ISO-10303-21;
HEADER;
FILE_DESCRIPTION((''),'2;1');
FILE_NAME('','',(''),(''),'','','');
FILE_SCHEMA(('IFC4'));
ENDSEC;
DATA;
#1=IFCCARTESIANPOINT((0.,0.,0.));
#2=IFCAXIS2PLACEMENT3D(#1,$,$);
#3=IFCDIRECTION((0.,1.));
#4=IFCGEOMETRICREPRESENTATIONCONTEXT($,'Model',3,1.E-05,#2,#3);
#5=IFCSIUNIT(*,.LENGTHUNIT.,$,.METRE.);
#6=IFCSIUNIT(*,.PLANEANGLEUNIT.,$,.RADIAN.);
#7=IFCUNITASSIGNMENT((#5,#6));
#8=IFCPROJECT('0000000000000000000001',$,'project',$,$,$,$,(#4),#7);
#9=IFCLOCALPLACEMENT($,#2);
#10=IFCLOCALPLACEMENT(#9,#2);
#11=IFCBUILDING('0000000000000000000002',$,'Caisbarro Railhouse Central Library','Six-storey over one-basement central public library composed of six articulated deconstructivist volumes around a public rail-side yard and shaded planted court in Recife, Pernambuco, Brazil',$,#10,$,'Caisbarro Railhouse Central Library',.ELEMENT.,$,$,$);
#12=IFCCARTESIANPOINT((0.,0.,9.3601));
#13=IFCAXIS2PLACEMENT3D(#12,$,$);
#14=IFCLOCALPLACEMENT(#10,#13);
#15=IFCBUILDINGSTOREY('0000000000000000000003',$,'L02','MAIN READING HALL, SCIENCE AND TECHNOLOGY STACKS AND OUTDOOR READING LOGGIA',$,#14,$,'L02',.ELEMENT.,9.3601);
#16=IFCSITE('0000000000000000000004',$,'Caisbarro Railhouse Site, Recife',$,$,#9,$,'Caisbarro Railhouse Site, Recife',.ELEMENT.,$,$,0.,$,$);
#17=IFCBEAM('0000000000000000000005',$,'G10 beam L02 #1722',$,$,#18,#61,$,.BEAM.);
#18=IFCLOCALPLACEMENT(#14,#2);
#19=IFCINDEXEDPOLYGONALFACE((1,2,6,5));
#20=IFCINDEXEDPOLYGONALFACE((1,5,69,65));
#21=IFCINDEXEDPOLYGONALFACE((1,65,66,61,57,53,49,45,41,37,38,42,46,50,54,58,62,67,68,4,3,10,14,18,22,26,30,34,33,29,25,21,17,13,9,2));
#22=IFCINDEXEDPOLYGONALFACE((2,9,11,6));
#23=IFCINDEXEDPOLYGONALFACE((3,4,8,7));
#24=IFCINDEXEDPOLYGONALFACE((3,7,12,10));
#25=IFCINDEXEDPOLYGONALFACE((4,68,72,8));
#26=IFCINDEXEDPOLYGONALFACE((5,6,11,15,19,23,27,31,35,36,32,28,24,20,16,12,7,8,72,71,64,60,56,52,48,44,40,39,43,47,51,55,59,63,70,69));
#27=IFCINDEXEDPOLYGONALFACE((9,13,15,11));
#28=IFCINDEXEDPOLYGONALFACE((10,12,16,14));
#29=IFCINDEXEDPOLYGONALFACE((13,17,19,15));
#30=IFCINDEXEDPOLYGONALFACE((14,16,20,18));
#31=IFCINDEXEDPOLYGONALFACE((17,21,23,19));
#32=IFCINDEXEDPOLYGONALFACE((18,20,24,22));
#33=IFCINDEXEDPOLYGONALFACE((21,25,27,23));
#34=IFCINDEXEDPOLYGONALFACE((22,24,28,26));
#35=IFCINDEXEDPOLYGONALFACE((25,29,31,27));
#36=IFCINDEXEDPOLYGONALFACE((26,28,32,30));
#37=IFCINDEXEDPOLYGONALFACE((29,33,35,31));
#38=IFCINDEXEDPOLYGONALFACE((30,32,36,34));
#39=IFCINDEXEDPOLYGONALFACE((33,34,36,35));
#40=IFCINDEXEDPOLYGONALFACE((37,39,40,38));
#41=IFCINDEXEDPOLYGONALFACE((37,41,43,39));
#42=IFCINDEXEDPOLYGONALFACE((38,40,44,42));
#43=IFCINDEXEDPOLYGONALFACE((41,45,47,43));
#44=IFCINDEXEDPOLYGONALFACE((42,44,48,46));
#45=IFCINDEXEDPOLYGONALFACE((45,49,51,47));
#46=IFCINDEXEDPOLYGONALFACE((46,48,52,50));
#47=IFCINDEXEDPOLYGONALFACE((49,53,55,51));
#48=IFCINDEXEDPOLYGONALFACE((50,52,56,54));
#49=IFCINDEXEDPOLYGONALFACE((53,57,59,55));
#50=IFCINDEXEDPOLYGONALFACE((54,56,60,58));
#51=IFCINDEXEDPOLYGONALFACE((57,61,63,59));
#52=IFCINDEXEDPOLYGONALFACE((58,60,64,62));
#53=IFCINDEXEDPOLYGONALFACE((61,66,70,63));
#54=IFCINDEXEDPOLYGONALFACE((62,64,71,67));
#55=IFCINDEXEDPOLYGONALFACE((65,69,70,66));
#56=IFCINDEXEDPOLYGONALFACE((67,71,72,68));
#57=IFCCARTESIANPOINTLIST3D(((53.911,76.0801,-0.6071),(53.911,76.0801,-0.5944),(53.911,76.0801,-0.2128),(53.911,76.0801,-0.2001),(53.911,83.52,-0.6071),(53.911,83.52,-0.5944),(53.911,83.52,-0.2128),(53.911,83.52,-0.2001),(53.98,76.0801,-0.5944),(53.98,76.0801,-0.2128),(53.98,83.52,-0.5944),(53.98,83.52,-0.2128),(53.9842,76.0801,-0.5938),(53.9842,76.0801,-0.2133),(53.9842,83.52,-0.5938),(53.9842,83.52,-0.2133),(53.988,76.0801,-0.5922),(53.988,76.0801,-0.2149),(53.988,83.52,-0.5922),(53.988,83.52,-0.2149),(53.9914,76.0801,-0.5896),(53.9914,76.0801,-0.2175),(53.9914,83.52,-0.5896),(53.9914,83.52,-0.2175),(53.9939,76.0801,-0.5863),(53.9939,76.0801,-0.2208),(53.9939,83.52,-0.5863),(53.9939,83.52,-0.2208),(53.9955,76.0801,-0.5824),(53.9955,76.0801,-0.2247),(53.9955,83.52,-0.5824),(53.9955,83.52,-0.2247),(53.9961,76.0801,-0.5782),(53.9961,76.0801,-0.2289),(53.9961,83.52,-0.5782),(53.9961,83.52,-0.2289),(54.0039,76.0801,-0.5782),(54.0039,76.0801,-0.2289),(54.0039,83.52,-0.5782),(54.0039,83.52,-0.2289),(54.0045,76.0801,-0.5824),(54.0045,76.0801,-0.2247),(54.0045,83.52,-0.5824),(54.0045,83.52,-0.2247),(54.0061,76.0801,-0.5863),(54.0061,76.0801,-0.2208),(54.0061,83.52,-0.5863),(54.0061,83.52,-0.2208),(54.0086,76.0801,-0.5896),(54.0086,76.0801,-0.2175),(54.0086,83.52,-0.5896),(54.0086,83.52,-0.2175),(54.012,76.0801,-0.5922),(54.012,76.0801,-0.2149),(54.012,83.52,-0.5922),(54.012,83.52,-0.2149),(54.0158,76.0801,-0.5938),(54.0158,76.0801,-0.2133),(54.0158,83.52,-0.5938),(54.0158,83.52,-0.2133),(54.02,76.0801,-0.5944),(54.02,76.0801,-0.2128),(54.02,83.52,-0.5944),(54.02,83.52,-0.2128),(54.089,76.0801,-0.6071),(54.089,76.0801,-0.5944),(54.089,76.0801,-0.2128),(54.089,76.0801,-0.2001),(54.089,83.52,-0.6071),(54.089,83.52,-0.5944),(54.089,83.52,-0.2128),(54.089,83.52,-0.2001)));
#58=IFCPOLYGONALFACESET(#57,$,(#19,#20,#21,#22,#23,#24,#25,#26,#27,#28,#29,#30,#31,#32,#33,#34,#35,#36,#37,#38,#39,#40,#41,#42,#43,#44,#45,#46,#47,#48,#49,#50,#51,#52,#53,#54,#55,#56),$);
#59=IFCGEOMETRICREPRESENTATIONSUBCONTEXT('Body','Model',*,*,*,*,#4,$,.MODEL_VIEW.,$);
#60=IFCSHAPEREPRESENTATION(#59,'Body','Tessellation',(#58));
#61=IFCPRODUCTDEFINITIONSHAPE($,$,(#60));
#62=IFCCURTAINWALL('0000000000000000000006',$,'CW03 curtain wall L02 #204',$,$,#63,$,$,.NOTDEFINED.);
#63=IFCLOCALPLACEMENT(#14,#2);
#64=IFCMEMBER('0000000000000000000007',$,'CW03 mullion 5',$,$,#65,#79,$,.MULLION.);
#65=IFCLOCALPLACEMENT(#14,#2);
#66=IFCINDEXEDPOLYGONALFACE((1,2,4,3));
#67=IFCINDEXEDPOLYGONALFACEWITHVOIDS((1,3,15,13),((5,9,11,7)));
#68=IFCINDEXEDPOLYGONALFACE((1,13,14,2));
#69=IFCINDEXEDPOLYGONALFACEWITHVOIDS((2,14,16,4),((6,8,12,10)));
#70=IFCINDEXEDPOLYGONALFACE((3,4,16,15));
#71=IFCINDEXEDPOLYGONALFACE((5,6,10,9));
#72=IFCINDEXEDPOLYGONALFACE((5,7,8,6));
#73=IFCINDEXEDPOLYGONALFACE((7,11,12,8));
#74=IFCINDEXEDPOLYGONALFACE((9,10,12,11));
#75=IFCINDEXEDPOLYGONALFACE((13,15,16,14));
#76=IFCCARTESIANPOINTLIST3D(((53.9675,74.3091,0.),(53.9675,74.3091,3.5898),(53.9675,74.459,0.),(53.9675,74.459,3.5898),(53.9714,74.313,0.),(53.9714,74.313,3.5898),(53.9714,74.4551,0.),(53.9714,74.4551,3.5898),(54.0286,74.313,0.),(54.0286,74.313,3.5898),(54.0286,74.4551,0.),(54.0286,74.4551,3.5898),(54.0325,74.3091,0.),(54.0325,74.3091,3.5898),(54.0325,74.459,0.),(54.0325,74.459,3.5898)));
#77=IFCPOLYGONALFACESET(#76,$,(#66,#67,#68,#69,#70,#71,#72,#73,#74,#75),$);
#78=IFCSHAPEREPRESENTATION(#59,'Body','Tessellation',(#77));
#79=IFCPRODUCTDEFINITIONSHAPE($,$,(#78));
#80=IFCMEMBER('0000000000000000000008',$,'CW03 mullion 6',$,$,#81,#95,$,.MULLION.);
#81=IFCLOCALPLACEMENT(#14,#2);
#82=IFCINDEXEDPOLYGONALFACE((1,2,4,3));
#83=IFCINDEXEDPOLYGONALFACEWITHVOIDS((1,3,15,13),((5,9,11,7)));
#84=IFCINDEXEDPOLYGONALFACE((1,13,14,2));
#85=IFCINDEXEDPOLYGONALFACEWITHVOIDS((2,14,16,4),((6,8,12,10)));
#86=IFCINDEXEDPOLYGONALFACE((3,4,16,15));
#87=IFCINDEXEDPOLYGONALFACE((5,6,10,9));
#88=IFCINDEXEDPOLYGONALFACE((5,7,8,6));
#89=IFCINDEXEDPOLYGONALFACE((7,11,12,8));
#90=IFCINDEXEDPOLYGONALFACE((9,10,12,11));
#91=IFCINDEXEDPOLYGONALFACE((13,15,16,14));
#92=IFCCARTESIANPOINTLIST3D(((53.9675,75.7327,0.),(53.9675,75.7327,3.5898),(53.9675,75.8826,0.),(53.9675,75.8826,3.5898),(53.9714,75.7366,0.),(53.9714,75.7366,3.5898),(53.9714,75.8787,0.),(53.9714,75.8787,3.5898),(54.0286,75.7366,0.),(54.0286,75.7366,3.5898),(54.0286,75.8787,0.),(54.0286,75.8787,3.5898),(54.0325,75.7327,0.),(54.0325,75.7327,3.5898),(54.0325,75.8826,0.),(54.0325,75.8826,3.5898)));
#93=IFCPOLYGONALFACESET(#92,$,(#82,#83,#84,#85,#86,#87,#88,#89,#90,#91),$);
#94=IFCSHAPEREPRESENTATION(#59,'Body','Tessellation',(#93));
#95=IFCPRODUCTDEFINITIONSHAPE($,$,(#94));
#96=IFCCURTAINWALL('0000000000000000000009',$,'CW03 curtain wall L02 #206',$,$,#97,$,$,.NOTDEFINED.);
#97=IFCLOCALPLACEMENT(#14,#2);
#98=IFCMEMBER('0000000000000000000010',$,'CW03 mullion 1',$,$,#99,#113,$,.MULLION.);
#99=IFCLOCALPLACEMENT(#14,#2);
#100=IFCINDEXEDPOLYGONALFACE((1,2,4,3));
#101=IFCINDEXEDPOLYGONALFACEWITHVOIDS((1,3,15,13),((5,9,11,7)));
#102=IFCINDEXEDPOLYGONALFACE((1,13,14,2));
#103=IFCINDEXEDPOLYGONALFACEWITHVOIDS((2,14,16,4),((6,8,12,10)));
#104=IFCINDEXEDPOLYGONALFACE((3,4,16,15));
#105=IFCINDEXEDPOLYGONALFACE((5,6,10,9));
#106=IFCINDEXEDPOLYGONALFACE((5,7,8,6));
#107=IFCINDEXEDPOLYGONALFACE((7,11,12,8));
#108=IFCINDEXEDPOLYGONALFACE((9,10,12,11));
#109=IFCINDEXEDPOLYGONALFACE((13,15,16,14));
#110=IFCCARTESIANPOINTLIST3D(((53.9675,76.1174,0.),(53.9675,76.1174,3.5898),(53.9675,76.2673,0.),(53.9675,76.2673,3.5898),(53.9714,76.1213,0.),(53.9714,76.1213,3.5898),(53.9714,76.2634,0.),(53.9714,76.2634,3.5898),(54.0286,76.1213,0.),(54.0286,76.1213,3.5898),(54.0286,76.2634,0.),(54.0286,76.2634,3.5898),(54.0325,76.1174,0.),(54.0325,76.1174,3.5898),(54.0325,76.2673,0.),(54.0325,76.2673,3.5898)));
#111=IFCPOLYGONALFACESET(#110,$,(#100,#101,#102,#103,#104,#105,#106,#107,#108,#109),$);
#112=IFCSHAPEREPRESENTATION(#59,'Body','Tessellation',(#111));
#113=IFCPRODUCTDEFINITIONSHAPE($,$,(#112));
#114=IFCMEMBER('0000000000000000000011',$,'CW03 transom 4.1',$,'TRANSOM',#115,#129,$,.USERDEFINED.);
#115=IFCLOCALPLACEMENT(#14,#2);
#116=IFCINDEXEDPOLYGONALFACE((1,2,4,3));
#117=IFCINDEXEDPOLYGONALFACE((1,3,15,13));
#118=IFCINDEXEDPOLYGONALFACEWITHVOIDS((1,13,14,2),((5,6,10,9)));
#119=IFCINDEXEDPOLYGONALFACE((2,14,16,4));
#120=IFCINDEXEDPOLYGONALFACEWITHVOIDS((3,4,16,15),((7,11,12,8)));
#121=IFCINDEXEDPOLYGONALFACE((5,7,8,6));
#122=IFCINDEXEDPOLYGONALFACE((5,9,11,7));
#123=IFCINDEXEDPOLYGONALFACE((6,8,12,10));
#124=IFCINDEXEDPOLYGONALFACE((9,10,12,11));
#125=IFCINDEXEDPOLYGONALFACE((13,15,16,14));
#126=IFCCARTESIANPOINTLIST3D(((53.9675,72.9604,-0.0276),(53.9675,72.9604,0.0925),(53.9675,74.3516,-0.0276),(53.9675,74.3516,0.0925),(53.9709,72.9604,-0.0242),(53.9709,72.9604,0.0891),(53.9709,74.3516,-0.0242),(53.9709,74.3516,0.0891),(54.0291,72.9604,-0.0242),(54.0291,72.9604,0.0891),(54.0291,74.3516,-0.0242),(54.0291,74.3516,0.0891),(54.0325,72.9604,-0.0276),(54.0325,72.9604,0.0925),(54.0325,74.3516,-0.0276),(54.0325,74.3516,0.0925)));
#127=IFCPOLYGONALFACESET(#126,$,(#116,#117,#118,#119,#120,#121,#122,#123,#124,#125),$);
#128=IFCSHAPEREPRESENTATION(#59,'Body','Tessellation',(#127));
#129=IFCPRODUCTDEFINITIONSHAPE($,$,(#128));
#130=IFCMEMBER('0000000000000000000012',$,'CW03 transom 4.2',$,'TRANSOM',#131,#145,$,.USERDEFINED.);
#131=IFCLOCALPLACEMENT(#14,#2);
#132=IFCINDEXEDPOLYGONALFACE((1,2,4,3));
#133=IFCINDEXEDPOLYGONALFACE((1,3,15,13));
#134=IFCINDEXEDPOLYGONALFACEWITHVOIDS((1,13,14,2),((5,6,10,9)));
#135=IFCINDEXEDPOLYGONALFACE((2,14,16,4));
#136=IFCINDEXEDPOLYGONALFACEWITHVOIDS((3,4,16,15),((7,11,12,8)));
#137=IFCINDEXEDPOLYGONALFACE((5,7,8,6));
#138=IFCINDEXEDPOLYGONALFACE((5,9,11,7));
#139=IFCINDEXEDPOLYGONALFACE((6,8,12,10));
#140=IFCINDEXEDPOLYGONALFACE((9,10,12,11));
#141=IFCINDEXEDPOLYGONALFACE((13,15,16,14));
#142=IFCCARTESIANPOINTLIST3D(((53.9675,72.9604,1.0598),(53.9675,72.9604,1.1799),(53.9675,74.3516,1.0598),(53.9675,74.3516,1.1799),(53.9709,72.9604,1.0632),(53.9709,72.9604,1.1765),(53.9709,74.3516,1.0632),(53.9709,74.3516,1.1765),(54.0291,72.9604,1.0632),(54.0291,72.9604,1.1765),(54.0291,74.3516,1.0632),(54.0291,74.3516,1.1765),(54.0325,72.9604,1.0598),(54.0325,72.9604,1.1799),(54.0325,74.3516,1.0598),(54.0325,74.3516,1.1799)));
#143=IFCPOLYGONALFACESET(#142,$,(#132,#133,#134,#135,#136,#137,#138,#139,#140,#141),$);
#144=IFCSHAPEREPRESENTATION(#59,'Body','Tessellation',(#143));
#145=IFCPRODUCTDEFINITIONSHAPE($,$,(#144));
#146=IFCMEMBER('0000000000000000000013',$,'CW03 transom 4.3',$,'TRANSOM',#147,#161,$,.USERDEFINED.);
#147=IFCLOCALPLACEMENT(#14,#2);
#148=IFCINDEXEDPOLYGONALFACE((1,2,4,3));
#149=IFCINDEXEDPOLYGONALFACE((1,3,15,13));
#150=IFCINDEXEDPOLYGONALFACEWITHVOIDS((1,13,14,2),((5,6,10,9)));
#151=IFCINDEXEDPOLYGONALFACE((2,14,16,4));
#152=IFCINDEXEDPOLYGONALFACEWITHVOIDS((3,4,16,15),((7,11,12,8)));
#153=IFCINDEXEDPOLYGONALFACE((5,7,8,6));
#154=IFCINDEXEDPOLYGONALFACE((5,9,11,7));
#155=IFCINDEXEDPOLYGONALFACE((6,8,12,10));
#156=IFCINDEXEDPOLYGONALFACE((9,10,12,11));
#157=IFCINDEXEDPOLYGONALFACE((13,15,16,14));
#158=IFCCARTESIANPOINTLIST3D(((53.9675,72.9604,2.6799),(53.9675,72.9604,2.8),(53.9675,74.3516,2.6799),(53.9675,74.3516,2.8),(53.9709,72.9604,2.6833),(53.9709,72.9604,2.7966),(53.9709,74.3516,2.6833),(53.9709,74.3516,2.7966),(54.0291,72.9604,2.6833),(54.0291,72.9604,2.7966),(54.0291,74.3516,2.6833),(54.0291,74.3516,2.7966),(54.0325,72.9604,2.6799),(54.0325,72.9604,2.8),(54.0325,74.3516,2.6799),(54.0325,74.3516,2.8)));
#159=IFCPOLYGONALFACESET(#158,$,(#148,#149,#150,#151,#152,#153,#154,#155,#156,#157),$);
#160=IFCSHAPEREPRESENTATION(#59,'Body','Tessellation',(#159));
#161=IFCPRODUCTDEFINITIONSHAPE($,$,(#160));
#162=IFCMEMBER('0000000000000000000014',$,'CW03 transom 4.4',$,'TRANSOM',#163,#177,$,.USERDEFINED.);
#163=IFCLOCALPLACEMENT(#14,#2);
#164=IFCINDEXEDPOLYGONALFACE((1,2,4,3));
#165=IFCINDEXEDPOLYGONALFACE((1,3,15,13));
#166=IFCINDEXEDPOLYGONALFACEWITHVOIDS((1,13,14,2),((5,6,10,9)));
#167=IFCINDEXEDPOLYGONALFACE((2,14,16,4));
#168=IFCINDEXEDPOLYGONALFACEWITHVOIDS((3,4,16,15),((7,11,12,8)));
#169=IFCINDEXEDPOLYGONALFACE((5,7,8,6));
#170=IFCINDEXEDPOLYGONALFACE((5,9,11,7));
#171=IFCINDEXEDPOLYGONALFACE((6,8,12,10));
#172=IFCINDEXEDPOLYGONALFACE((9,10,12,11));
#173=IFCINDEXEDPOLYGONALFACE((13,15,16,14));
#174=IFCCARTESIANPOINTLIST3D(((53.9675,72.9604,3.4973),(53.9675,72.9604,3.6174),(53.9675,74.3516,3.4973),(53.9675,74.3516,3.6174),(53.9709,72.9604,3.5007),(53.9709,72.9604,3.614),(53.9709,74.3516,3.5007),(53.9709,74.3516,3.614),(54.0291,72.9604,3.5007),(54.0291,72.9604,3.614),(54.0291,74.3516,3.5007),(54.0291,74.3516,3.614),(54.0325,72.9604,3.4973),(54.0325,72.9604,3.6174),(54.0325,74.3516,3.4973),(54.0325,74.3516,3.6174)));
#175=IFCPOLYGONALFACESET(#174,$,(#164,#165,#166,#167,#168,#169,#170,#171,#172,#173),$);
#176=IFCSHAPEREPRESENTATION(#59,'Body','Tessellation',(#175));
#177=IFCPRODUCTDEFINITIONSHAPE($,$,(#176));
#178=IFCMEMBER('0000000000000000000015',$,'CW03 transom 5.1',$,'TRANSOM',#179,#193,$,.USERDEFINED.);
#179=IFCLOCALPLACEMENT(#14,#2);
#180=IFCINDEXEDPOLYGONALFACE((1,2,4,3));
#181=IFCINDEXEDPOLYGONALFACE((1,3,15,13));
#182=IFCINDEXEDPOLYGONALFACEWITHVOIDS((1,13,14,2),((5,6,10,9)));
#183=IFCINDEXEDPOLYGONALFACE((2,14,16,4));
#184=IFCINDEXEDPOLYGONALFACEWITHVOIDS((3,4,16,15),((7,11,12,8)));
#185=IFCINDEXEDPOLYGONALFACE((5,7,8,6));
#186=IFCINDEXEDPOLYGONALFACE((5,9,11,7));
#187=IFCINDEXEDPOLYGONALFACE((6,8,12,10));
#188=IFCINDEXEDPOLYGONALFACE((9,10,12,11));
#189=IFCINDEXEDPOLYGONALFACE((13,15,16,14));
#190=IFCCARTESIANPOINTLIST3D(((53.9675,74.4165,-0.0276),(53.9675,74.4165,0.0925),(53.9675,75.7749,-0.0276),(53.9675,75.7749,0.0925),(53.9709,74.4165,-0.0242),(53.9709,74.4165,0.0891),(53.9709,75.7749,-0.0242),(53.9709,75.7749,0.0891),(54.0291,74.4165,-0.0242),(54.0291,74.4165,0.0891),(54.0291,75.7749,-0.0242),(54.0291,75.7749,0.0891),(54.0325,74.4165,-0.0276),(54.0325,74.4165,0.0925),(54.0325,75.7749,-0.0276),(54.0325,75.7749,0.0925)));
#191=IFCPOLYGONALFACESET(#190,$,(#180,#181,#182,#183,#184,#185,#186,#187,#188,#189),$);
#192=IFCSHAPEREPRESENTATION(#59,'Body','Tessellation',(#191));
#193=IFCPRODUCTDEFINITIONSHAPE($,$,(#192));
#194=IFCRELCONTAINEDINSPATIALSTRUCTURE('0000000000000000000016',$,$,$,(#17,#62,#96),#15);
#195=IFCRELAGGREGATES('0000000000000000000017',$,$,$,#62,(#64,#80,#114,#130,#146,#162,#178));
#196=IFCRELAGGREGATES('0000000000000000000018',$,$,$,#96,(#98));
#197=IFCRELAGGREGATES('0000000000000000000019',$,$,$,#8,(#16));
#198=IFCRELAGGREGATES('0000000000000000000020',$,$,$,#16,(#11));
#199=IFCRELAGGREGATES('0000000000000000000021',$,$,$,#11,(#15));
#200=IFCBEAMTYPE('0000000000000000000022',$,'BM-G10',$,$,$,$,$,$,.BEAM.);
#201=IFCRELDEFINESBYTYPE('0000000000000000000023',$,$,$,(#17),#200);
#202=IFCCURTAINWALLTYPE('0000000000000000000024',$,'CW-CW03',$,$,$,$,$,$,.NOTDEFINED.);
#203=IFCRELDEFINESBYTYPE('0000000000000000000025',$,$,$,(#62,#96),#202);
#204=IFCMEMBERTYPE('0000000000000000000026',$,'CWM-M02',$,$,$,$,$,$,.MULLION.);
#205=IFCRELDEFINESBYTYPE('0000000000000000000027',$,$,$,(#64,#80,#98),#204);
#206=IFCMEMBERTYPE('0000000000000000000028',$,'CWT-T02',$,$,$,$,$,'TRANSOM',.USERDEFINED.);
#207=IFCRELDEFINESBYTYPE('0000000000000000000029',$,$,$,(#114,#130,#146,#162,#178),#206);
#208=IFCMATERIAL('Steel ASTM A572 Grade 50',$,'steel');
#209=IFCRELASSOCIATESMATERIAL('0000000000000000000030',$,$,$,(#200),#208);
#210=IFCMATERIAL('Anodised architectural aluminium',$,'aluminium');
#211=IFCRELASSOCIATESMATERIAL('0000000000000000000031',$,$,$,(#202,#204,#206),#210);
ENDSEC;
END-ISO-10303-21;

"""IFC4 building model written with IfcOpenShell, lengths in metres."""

from ifc_helpers import new_model, si_unit, direction, frame, origin, origin_2d, place, context, subcontext, project, spatial, hollow_rectangle, i_section, extrude, material, material_profile, profile_set, type_object, element, aggregate, save


model = new_model("IFC4")

# Units and contexts
model_context = context("Model", 3, precision=1e-05, world=origin(), true_north=direction((0.0, 1.0)))
body_context = subcontext(model_context, "Body", "Model", "MODEL_VIEW")
ifc_project = project(units=[si_unit("LENGTHUNIT", "METRE"), si_unit("PLANEANGLEUNIT", "RADIAN")], contexts=[model_context])

# Site, building, storey
site_placement = place(None, origin())
site = spatial("IfcSite", under=ifc_project, at=site_placement, Name="Caisbarro Railhouse Site, Recife", LongName="Caisbarro Railhouse Site, Recife", CompositionType="ELEMENT", RefElevation=0.0)
building_placement = place(site_placement, origin())
building = spatial("IfcBuilding", under=site, at=building_placement, Name="Caisbarro Railhouse Central Library", Description="Six-storey over one-basement central public library composed of six articulated deconstructivist volumes around a public rail-side yard and shaded planted court in Recife, Pernambuco, Brazil", LongName="Caisbarro Railhouse Central Library", CompositionType="ELEMENT")
storey_placement = place(building_placement, frame((0.0, 0.0, 9.3601)))
storey = spatial("IfcBuildingStorey", under=building, at=storey_placement, Name="L02", Description="MAIN READING HALL, SCIENCE AND TECHNOLOGY STACKS AND OUTDOOR READING LOGGIA", LongName="L02", CompositionType="ELEMENT", Elevation=9.3601)

# Shared definitions
ifc_material_1 = material(Name="Steel ASTM A572 Grade 50", Category="steel")

# Beam
ifc_material_profile_1 = material_profile(ifc_material_1, i_section(OverallWidth=0.178, OverallDepth=0.407, WebThickness=0.0078, FlangeThickness=0.0127, FilletRadius=0.0161, at=origin_2d()), Name="W410X60.0")
ifc_profile_set_1 = profile_set([ifc_material_profile_1], Name="Steel ASTM A572 Grade 50")
beam_type_1 = type_object("IfcBeamType", Name="BM-G10", PredefinedType="BEAM", material=ifc_profile_set_1)
beam_1_placement = place(storey_placement, frame((54.0, 76.0801, -0.4036), z_axis=(0.0, 1.0, 0.0), x_axis=(-1.0, 0.0, 0.0)))
element("IfcBeam", 1, at=beam_1_placement, inside=storey, type_object=beam_type_1, Name="G10 beam L02 #1722", PredefinedType="BEAM", context=body_context, shape_type="SweptSolid", body=[
    extrude(i_section(OverallWidth=0.178, OverallDepth=0.407, WebThickness=0.0078, FlangeThickness=0.0127, FilletRadius=0.0161, at=origin_2d()), origin(), (0.0, 0.0, 1.0), 7.4399),
])

# Curtain wall, members
ifc_material_2 = material(Name="Anodised architectural aluminium", Category="aluminium")
curtain_wall_type = type_object("IfcCurtainWallType", Name="CW-CW03", PredefinedType="NOTDEFINED", material=ifc_material_2)
curtain_wall_1_placement = place(storey_placement, origin())
curtain_wall_1 = element("IfcCurtainWall", 2, at=curtain_wall_1_placement, inside=storey, type_object=curtain_wall_type, Name="CW03 curtain wall L02 #204", PredefinedType="NOTDEFINED")
ifc_material_profile_2 = material_profile(ifc_material_2, hollow_rectangle(XDim=0.0649, YDim=0.1499, WallThickness=0.0039, at=origin_2d()), Name="ALU-MUL-65X150")
ifc_profile_set_2 = profile_set([ifc_material_profile_2], Name="Anodised architectural aluminium")
member_type_1 = type_object("IfcMemberType", Name="CWM-M02", PredefinedType="MULLION", material=ifc_profile_set_2)
member_1_placement = place(storey_placement, frame((54.0, 74.384, 0.0), z_axis=(0.0, 0.0, 1.0), x_axis=(-1.0, 0.0, 0.0)))
member_1 = element("IfcMember", 3, at=member_1_placement, type_object=member_type_1, Name="CW03 mullion 5", PredefinedType="MULLION", context=body_context, shape_type="SweptSolid", body=[
    extrude(hollow_rectangle(XDim=0.0649, YDim=0.1499, WallThickness=0.0039, at=origin_2d()), origin(), (0.0, 0.0, 1.0), 3.5898),
])
member_2_placement = place(storey_placement, frame((54.0, 75.8076, 0.0), z_axis=(0.0, 0.0, 1.0), x_axis=(-1.0, 0.0, 0.0)))
member_2 = element("IfcMember", 4, at=member_2_placement, type_object=member_type_1, Name="CW03 mullion 6", PredefinedType="MULLION", context=body_context, shape_type="SweptSolid", body=[
    extrude(hollow_rectangle(XDim=0.0649, YDim=0.1499, WallThickness=0.0039, at=origin_2d()), origin(), (0.0, 0.0, 1.0), 3.5898),
])

# Curtain wall, member
curtain_wall_2_placement = place(storey_placement, origin())
curtain_wall_2 = element("IfcCurtainWall", 5, at=curtain_wall_2_placement, inside=storey, type_object=curtain_wall_type, Name="CW03 curtain wall L02 #206", PredefinedType="NOTDEFINED")
member_3_placement = place(storey_placement, frame((54.0, 76.1924, 0.0), z_axis=(0.0, 0.0, 1.0), x_axis=(-1.0, 0.0, 0.0)))
member_3 = element("IfcMember", 6, at=member_3_placement, type_object=member_type_1, Name="CW03 mullion 1", PredefinedType="MULLION", context=body_context, shape_type="SweptSolid", body=[
    extrude(hollow_rectangle(XDim=0.0649, YDim=0.1499, WallThickness=0.0039, at=origin_2d()), origin(), (0.0, 0.0, 1.0), 3.5898),
])

# Members
ifc_material_profile_3 = material_profile(ifc_material_2, hollow_rectangle(XDim=0.0649, YDim=0.1201, WallThickness=0.0034, at=origin_2d()), Name="ALU-TRN-65X120")
ifc_profile_set_3 = profile_set([ifc_material_profile_3], Name="Anodised architectural aluminium")
member_type_2 = type_object("IfcMemberType", Name="CWT-T02", ElementType="TRANSOM", PredefinedType="USERDEFINED", material=ifc_profile_set_3)
member_4_placement = place(storey_placement, frame((54.0, 72.9604, 0.0325), z_axis=(0.0, 1.0, 0.0), x_axis=(-1.0, 0.0, 0.0)))
member_4 = element("IfcMember", 7, at=member_4_placement, type_object=member_type_2, Name="CW03 transom 4.1", ObjectType="TRANSOM", PredefinedType="USERDEFINED", context=body_context, shape_type="SweptSolid", body=[
    extrude(hollow_rectangle(XDim=0.0649, YDim=0.1201, WallThickness=0.0034, at=origin_2d()), origin(), (0.0, 0.0, 1.0), 1.3911),
])
member_5_placement = place(storey_placement, frame((54.0, 72.9604, 1.1199), z_axis=(0.0, 1.0, 0.0), x_axis=(-1.0, 0.0, 0.0)))
member_5 = element("IfcMember", 8, at=member_5_placement, type_object=member_type_2, Name="CW03 transom 4.2", ObjectType="TRANSOM", PredefinedType="USERDEFINED", context=body_context, shape_type="SweptSolid", body=[
    extrude(hollow_rectangle(XDim=0.0649, YDim=0.1201, WallThickness=0.0034, at=origin_2d()), origin(), (0.0, 0.0, 1.0), 1.3911),
])
member_6_placement = place(storey_placement, frame((54.0, 72.9604, 2.74), z_axis=(0.0, 1.0, 0.0), x_axis=(-1.0, 0.0, 0.0)))
member_6 = element("IfcMember", 9, at=member_6_placement, type_object=member_type_2, Name="CW03 transom 4.3", ObjectType="TRANSOM", PredefinedType="USERDEFINED", context=body_context, shape_type="SweptSolid", body=[
    extrude(hollow_rectangle(XDim=0.0649, YDim=0.1201, WallThickness=0.0034, at=origin_2d()), origin(), (0.0, 0.0, 1.0), 1.3911),
])
member_7_placement = place(storey_placement, frame((54.0, 72.9604, 3.5574), z_axis=(0.0, 1.0, 0.0), x_axis=(-1.0, 0.0, 0.0)))
member_7 = element("IfcMember", 10, at=member_7_placement, type_object=member_type_2, Name="CW03 transom 4.4", ObjectType="TRANSOM", PredefinedType="USERDEFINED", context=body_context, shape_type="SweptSolid", body=[
    extrude(hollow_rectangle(XDim=0.0649, YDim=0.1201, WallThickness=0.0034, at=origin_2d()), origin(), (0.0, 0.0, 1.0), 1.3911),
])
member_8_placement = place(storey_placement, frame((54.0, 74.4165, 0.0325), z_axis=(0.0, 1.0, 0.0), x_axis=(-1.0, 0.0, 0.0)))
member_8 = element("IfcMember", 11, at=member_8_placement, type_object=member_type_2, Name="CW03 transom 5.1", ObjectType="TRANSOM", PredefinedType="USERDEFINED", context=body_context, shape_type="SweptSolid", body=[
    extrude(hollow_rectangle(XDim=0.0649, YDim=0.1201, WallThickness=0.0034, at=origin_2d()), origin(), (0.0, 0.0, 1.0), 1.3584),
])

aggregate(curtain_wall_1, [member_1, member_2, member_4, member_5, member_6, member_7, member_8])
aggregate(curtain_wall_2, [member_3])

save(model, "model.ifc")
